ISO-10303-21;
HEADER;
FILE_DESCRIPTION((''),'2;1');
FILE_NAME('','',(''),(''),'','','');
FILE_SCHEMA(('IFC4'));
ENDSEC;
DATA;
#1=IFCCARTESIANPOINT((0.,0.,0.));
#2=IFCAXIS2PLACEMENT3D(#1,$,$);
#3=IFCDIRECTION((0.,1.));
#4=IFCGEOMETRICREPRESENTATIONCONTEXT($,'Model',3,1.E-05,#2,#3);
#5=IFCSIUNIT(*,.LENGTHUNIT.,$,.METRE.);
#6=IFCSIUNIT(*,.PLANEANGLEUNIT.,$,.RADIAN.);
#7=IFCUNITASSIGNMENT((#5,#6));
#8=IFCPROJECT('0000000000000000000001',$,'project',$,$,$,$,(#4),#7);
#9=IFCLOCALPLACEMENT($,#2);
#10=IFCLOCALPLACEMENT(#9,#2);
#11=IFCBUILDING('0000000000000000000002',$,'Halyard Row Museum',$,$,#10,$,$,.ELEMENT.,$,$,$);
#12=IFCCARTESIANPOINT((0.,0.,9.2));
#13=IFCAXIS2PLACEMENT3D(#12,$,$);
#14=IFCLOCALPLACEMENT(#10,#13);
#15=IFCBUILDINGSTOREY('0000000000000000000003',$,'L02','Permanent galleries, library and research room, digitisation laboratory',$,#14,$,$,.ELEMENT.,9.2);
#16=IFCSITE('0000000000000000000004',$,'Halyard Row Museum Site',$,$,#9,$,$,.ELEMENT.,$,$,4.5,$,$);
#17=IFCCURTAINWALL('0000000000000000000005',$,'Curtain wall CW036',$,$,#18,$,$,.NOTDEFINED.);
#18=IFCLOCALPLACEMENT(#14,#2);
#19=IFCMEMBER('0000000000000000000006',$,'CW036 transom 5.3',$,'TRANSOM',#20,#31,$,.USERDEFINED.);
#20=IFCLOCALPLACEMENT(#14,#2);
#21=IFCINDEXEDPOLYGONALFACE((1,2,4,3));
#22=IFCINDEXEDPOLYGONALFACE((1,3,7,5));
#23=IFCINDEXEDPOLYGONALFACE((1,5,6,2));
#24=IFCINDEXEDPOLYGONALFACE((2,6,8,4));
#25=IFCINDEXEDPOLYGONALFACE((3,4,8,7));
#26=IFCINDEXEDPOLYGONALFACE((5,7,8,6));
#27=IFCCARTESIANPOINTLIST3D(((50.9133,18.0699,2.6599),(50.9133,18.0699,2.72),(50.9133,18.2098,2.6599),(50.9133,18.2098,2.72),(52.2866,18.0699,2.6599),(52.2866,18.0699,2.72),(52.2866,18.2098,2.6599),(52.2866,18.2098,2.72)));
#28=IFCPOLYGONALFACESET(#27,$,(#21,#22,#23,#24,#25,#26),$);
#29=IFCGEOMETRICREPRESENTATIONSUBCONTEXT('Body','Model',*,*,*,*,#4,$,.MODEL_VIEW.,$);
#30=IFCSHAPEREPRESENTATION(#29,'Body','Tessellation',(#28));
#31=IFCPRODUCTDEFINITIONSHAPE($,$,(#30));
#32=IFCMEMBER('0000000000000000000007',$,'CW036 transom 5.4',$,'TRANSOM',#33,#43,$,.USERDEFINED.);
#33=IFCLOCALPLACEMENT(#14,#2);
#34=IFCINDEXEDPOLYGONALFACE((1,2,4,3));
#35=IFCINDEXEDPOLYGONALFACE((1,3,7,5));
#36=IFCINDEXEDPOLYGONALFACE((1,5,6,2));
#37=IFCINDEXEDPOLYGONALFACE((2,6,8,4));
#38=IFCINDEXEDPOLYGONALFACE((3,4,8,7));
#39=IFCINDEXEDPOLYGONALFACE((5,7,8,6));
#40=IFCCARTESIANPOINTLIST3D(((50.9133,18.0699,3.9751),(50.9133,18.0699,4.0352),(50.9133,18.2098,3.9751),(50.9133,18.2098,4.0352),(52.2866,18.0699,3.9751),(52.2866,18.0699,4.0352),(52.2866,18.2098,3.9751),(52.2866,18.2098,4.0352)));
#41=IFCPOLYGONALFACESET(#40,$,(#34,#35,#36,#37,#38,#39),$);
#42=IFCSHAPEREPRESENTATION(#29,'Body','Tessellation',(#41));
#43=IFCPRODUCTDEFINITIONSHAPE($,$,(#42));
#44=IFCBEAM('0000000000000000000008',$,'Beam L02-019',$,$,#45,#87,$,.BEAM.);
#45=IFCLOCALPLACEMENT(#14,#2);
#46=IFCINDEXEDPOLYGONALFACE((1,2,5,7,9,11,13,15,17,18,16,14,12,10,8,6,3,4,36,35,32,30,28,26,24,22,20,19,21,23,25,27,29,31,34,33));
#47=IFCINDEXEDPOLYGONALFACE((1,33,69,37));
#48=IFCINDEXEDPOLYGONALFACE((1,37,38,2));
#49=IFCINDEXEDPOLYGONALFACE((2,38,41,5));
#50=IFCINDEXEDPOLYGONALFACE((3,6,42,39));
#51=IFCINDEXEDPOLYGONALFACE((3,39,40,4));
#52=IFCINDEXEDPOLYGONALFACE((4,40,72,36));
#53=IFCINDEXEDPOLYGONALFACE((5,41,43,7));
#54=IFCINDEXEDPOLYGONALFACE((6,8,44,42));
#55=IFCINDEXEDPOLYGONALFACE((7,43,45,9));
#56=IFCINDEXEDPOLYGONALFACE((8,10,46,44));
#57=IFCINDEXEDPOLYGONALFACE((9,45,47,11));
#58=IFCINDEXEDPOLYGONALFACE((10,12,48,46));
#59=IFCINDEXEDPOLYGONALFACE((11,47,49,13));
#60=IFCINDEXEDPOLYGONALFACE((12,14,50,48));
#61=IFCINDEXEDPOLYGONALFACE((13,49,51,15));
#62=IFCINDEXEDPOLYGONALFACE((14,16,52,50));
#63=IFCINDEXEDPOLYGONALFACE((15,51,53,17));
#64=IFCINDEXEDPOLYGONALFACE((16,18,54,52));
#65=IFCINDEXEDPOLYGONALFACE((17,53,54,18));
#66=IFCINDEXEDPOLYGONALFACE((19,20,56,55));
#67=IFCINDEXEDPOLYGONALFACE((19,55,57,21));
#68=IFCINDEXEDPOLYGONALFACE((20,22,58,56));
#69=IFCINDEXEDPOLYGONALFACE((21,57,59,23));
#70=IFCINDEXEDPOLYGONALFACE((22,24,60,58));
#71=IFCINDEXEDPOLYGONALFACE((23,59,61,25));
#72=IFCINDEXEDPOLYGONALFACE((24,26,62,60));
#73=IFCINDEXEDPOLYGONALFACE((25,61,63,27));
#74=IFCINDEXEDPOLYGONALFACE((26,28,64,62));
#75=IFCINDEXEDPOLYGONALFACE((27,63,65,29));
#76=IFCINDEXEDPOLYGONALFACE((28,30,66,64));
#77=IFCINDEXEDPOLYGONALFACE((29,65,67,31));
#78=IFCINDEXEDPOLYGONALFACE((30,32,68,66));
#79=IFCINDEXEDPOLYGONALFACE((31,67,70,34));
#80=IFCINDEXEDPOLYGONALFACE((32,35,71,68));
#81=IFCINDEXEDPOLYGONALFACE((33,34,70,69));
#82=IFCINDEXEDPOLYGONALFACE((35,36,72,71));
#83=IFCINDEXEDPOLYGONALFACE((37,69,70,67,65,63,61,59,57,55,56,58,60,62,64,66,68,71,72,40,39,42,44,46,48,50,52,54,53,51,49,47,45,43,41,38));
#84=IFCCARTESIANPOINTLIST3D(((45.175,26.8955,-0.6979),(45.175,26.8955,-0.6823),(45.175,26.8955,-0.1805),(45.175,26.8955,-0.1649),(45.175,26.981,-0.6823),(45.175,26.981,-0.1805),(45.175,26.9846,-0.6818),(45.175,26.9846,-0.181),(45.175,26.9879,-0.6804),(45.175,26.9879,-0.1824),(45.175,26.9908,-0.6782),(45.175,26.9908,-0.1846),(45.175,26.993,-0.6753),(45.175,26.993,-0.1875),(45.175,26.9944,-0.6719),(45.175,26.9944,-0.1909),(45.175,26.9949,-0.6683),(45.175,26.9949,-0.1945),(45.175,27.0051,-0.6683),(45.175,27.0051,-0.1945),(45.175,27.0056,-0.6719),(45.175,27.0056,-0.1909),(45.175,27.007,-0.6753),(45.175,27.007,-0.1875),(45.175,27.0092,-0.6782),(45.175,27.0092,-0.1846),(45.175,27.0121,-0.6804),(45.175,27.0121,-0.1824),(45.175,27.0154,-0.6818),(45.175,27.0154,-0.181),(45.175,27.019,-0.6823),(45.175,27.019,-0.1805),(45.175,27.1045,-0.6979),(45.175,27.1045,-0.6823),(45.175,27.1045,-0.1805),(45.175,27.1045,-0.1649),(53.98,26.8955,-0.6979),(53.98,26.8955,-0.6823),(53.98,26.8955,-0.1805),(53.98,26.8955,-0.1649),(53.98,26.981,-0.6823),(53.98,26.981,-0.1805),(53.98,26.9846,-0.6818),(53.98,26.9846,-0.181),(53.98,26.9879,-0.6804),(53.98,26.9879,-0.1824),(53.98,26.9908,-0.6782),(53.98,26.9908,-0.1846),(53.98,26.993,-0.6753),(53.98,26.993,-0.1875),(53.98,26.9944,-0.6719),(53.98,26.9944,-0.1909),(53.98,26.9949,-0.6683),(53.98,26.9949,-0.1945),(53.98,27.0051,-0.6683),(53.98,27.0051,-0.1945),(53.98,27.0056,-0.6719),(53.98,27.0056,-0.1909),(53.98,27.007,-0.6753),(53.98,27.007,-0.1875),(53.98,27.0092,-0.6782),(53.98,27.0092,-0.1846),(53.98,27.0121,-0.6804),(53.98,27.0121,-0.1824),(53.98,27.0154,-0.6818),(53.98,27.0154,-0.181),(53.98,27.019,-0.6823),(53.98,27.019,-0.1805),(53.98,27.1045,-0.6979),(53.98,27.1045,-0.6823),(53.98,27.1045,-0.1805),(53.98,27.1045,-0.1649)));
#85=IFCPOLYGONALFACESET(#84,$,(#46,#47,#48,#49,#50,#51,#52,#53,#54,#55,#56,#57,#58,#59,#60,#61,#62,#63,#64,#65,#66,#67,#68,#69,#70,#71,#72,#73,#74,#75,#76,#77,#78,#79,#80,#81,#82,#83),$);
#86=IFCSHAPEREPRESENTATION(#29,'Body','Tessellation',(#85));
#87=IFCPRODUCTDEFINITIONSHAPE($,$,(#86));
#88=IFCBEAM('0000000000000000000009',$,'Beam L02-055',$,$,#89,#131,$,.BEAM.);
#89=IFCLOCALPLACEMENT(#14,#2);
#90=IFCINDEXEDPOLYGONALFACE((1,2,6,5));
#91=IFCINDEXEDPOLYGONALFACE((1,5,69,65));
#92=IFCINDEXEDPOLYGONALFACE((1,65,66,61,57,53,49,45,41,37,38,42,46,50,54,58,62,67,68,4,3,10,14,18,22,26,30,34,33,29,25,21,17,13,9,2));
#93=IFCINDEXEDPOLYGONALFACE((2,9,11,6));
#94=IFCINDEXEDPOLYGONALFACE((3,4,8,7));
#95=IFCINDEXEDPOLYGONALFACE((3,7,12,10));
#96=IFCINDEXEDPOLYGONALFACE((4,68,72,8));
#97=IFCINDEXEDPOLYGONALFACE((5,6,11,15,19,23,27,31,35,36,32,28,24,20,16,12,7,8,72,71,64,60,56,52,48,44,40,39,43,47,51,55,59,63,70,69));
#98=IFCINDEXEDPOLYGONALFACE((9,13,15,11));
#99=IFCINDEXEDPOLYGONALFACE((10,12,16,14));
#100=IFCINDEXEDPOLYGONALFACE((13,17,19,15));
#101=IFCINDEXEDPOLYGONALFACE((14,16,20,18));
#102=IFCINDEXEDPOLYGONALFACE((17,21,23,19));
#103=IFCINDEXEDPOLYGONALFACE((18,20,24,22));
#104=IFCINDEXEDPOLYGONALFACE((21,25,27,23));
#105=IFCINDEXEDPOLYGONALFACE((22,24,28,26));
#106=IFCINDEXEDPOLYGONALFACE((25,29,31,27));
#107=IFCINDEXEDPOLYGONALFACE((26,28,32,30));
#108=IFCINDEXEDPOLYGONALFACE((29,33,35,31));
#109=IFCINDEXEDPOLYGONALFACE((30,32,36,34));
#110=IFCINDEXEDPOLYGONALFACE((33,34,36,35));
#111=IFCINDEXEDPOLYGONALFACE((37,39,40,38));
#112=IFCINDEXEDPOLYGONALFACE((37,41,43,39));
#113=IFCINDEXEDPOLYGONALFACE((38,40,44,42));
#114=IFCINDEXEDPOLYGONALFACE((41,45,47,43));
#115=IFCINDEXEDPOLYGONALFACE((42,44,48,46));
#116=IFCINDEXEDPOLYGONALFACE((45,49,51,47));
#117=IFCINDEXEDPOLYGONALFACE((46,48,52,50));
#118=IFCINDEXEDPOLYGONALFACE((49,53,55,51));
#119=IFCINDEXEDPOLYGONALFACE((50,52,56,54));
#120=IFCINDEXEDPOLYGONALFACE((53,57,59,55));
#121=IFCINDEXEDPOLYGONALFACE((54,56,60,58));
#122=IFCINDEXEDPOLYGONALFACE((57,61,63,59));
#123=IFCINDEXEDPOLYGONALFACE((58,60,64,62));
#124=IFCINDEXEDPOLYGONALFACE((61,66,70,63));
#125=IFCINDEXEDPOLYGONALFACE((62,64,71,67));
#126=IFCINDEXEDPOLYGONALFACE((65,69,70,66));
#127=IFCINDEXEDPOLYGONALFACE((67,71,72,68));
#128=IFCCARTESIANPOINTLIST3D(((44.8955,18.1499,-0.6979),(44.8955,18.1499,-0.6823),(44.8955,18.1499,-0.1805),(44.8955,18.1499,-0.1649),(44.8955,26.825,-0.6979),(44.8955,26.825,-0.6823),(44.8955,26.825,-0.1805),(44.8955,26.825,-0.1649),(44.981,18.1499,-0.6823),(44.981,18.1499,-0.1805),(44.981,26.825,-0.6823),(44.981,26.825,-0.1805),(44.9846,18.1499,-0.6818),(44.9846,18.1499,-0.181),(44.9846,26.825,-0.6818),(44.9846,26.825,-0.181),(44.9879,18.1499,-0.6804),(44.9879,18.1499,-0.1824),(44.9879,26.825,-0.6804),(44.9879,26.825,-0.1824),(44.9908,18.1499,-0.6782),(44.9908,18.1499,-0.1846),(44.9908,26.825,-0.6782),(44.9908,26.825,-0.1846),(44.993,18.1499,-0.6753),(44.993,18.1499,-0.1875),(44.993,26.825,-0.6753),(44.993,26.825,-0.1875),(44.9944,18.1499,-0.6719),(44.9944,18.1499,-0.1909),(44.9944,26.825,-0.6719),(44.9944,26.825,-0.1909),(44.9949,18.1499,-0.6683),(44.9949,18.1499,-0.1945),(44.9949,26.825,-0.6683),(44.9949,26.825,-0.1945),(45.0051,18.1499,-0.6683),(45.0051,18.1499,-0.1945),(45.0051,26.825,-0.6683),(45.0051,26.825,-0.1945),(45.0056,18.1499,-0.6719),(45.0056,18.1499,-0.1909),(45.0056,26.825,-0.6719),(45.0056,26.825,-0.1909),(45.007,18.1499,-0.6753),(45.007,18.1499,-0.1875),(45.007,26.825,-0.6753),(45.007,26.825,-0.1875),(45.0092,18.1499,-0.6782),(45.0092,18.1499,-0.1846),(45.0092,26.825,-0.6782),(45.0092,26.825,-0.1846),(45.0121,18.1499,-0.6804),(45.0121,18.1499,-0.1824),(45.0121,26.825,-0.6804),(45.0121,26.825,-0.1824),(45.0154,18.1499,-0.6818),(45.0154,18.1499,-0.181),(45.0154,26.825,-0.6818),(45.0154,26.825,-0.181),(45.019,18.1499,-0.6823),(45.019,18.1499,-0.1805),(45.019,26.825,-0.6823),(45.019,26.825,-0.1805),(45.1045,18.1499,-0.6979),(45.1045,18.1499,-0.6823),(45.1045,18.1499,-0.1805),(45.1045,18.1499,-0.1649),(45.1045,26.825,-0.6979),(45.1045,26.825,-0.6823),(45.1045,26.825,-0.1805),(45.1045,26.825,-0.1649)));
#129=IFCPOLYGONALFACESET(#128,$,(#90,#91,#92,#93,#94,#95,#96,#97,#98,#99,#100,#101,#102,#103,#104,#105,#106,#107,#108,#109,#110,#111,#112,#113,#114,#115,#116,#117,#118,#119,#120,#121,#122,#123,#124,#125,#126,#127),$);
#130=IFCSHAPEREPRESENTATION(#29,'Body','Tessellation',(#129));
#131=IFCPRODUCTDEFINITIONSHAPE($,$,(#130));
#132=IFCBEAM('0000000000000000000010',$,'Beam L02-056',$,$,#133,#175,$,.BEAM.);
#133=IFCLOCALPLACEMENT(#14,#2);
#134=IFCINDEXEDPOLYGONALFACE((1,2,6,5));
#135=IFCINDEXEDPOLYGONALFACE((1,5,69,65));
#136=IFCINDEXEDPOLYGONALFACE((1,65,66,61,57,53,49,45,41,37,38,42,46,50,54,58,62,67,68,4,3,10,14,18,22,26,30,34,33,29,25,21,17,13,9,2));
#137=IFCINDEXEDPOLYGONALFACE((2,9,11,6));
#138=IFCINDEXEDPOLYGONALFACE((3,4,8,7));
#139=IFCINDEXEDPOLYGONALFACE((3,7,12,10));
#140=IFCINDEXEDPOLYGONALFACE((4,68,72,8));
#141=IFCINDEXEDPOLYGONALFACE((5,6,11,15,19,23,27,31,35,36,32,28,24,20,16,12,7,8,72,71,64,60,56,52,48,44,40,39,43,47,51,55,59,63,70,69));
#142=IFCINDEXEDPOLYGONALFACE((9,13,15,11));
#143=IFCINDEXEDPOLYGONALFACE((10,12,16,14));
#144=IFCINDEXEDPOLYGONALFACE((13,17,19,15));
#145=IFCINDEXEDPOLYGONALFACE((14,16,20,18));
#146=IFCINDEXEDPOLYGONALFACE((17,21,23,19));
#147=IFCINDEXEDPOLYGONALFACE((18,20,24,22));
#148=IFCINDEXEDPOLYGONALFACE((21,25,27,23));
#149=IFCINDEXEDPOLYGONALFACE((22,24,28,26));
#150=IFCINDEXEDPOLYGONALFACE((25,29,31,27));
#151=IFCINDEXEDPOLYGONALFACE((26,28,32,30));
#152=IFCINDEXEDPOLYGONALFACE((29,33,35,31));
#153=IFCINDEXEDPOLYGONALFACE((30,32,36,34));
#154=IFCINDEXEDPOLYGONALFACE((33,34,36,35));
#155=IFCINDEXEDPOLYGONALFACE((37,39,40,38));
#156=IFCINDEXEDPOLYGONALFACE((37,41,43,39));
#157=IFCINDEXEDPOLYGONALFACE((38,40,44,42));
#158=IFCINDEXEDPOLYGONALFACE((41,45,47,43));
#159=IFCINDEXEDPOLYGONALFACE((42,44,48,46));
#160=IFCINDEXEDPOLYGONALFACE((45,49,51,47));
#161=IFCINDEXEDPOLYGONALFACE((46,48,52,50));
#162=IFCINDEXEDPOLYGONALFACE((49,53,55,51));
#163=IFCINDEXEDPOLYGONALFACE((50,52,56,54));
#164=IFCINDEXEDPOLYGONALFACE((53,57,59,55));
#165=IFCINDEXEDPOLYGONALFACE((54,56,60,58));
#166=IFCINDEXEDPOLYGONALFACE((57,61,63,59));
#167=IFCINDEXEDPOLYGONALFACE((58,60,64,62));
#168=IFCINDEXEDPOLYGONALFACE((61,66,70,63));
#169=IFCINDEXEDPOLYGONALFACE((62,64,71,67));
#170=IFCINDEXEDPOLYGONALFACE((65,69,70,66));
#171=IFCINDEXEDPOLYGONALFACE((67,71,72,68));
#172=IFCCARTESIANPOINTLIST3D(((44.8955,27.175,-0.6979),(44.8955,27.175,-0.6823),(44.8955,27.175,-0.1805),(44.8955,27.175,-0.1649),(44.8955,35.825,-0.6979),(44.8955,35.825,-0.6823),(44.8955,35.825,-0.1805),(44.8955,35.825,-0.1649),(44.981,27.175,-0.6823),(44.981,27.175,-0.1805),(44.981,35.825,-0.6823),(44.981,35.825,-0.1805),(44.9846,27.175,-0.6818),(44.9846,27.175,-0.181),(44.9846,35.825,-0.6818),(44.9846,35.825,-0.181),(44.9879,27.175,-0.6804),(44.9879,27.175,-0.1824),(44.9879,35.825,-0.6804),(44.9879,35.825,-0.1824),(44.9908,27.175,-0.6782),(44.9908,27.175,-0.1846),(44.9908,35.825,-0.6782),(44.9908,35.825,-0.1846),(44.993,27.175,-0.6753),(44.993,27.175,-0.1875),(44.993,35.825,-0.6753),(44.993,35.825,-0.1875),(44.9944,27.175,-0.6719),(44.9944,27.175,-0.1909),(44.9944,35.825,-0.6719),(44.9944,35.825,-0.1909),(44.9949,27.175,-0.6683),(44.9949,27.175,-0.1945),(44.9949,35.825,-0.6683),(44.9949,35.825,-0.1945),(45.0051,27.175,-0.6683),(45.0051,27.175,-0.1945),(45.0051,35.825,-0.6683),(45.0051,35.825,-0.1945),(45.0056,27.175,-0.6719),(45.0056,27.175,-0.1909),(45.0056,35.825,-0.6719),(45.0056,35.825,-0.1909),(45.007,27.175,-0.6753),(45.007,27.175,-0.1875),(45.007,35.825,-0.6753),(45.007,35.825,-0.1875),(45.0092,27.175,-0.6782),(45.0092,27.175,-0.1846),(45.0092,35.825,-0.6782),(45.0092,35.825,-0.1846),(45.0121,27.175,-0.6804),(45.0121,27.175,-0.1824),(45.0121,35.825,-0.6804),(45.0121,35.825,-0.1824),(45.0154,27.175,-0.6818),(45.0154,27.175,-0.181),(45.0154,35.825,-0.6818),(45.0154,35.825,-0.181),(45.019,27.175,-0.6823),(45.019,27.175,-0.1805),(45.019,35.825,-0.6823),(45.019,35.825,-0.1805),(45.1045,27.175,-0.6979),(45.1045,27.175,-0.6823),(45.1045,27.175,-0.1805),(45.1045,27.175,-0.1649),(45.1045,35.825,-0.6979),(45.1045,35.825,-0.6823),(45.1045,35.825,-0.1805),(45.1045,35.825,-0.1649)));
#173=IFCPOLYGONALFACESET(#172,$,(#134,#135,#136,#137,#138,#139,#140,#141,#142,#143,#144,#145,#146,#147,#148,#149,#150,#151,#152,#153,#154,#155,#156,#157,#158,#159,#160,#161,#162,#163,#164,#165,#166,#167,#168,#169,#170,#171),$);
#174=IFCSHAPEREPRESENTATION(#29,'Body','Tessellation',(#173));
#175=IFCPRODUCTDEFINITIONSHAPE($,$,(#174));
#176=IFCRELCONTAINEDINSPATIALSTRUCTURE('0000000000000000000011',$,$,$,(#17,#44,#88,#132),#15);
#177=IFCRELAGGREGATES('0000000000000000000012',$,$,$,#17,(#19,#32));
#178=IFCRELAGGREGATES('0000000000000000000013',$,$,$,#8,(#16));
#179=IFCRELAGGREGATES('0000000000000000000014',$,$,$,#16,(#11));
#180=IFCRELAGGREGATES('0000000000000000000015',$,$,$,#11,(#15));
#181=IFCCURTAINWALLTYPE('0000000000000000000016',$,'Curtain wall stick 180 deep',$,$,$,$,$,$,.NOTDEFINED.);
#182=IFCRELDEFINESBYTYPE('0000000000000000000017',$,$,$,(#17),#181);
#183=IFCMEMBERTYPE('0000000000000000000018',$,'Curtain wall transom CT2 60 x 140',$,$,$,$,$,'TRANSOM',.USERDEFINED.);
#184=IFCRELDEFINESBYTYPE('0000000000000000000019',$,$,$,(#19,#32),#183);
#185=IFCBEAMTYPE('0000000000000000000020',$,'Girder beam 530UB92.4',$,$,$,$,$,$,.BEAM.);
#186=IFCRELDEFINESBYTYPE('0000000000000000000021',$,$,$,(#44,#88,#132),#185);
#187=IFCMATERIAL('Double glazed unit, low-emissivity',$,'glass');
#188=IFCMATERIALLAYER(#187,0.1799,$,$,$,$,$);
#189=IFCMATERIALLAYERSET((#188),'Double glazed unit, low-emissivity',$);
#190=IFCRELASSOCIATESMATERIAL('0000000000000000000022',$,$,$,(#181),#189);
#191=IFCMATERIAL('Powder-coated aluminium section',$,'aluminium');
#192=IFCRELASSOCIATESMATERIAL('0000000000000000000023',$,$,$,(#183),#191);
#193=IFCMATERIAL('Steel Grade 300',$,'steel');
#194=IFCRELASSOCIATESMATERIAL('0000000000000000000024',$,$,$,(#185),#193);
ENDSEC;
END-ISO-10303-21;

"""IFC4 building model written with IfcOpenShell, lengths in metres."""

from ifc_helpers import new_model, si_unit, direction, frame, origin, origin_2d, place, context, subcontext, project, spatial, rectangle, i_section, extrude, material, layer, layer_set, material_profile, profile_set, type_object, element, aggregate, save


model = new_model("IFC4")

# Units and contexts
model_context = context("Model", 3, precision=1e-05, world=origin(), true_north=direction((0.0, 1.0)))
body_context = subcontext(model_context, "Body", "Model", "MODEL_VIEW")
ifc_project = project(units=[si_unit("LENGTHUNIT", "METRE"), si_unit("PLANEANGLEUNIT", "RADIAN")], contexts=[model_context])

# Site, building, storey
site_placement = place(None, origin())
site = spatial("IfcSite", under=ifc_project, at=site_placement, Name="Halyard Row Museum Site", CompositionType="ELEMENT", RefElevation=4.5)
building_placement = place(site_placement, origin())
building = spatial("IfcBuilding", under=site, at=building_placement, Name="Halyard Row Museum", CompositionType="ELEMENT")
storey_placement = place(building_placement, frame((0.0, 0.0, 9.2)))
storey = spatial("IfcBuildingStorey", under=building, at=storey_placement, Name="L02", Description="Permanent galleries, library and research room, digitisation laboratory", CompositionType="ELEMENT", Elevation=9.2)

# Curtain wall, members
ifc_material_1 = material(Name="Double glazed unit, low-emissivity", Category="glass")
ifc_layer_1 = layer(ifc_material_1, 0.1799)
ifc_layer_set_1 = layer_set([ifc_layer_1], Name="Double glazed unit, low-emissivity")
curtain_wall_type = type_object("IfcCurtainWallType", Name="Curtain wall stick 180 deep", PredefinedType="NOTDEFINED", material=ifc_layer_set_1)
curtain_wall_placement = place(storey_placement, origin())
curtain_wall = element("IfcCurtainWall", 1, at=curtain_wall_placement, inside=storey, type_object=curtain_wall_type, Name="Curtain wall CW036", PredefinedType="NOTDEFINED")
ifc_material_2 = material(Name="Powder-coated aluminium section", Category="aluminium")
ifc_material_profile_1 = material_profile(ifc_material_2, rectangle(XDim=0.1399, YDim=0.0601, at=origin_2d()), Name="140x60 transom")
ifc_profile_set_1 = profile_set([ifc_material_profile_1], Name="Powder-coated aluminium section")
member_type_1 = type_object("IfcMemberType", Name="Curtain wall transom CT2 60 x 140", ElementType="TRANSOM", PredefinedType="USERDEFINED", material=ifc_profile_set_1)
member_1_placement = place(storey_placement, frame((50.9133, 18.1399, 2.6899), z_axis=(1.0, 0.0, 0.0), x_axis=(0.0, 1.0, 0.0)))
member_1 = element("IfcMember", 2, at=member_1_placement, type_object=member_type_1, Name="CW036 transom 5.3", ObjectType="TRANSOM", PredefinedType="USERDEFINED", context=body_context, shape_type="SweptSolid", body=[
    extrude(rectangle(XDim=0.1399, YDim=0.0601, at=origin_2d()), origin(), (0.0, 0.0, 1.0), 1.3733),
])
member_2_placement = place(storey_placement, frame((50.9133, 18.1399, 4.0051), z_axis=(1.0, 0.0, 0.0), x_axis=(0.0, 1.0, 0.0)))
member_2 = element("IfcMember", 3, at=member_2_placement, type_object=member_type_1, Name="CW036 transom 5.4", ObjectType="TRANSOM", PredefinedType="USERDEFINED", context=body_context, shape_type="SweptSolid", body=[
    extrude(rectangle(XDim=0.1399, YDim=0.0601, at=origin_2d()), origin(), (0.0, 0.0, 1.0), 1.3733),
])

# Beams
ifc_material_3 = material(Name="Steel Grade 300", Category="steel")
ifc_material_profile_2 = material_profile(ifc_material_3, i_section(OverallWidth=0.209, OverallDepth=0.533, WebThickness=0.0103, FlangeThickness=0.0156, FilletRadius=0.0139, at=origin_2d()), Name="530UB92.4")
ifc_profile_set_2 = profile_set([ifc_material_profile_2], Name="Steel Grade 300")
beam_type_1 = type_object("IfcBeamType", Name="Girder beam 530UB92.4", PredefinedType="BEAM", material=ifc_profile_set_2)
beam_1_placement = place(storey_placement, frame((45.175, 27.0, -0.4314), z_axis=(1.0, 0.0, 0.0), x_axis=(0.0, 1.0, 0.0)))
element("IfcBeam", 4, at=beam_1_placement, inside=storey, type_object=beam_type_1, Name="Beam L02-019", PredefinedType="BEAM", context=body_context, shape_type="SweptSolid", body=[
    extrude(i_section(OverallWidth=0.209, OverallDepth=0.533, WebThickness=0.0103, FlangeThickness=0.0156, FilletRadius=0.0139, at=origin_2d()), origin(), (0.0, 0.0, 1.0), 8.8049),
])
beam_2_placement = place(storey_placement, frame((45.0, 18.1499, -0.4314), z_axis=(0.0, 1.0, 0.0), x_axis=(-1.0, 0.0, 0.0)))
element("IfcBeam", 5, at=beam_2_placement, inside=storey, type_object=beam_type_1, Name="Beam L02-055", PredefinedType="BEAM", context=body_context, shape_type="SweptSolid", body=[
    extrude(i_section(OverallWidth=0.209, OverallDepth=0.533, WebThickness=0.0103, FlangeThickness=0.0156, FilletRadius=0.0139, at=origin_2d()), origin(), (0.0, 0.0, 1.0), 8.675),
])
beam_3_placement = place(storey_placement, frame((45.0, 27.175, -0.4314), z_axis=(0.0, 1.0, 0.0), x_axis=(-1.0, 0.0, 0.0)))
element("IfcBeam", 6, at=beam_3_placement, inside=storey, type_object=beam_type_1, Name="Beam L02-056", PredefinedType="BEAM", context=body_context, shape_type="SweptSolid", body=[
    extrude(i_section(OverallWidth=0.209, OverallDepth=0.533, WebThickness=0.0103, FlangeThickness=0.0156, FilletRadius=0.0139, at=origin_2d()), origin(), (0.0, 0.0, 1.0), 8.6499),
])

aggregate(curtain_wall, [member_1, member_2])

save(model, "model.ifc")
